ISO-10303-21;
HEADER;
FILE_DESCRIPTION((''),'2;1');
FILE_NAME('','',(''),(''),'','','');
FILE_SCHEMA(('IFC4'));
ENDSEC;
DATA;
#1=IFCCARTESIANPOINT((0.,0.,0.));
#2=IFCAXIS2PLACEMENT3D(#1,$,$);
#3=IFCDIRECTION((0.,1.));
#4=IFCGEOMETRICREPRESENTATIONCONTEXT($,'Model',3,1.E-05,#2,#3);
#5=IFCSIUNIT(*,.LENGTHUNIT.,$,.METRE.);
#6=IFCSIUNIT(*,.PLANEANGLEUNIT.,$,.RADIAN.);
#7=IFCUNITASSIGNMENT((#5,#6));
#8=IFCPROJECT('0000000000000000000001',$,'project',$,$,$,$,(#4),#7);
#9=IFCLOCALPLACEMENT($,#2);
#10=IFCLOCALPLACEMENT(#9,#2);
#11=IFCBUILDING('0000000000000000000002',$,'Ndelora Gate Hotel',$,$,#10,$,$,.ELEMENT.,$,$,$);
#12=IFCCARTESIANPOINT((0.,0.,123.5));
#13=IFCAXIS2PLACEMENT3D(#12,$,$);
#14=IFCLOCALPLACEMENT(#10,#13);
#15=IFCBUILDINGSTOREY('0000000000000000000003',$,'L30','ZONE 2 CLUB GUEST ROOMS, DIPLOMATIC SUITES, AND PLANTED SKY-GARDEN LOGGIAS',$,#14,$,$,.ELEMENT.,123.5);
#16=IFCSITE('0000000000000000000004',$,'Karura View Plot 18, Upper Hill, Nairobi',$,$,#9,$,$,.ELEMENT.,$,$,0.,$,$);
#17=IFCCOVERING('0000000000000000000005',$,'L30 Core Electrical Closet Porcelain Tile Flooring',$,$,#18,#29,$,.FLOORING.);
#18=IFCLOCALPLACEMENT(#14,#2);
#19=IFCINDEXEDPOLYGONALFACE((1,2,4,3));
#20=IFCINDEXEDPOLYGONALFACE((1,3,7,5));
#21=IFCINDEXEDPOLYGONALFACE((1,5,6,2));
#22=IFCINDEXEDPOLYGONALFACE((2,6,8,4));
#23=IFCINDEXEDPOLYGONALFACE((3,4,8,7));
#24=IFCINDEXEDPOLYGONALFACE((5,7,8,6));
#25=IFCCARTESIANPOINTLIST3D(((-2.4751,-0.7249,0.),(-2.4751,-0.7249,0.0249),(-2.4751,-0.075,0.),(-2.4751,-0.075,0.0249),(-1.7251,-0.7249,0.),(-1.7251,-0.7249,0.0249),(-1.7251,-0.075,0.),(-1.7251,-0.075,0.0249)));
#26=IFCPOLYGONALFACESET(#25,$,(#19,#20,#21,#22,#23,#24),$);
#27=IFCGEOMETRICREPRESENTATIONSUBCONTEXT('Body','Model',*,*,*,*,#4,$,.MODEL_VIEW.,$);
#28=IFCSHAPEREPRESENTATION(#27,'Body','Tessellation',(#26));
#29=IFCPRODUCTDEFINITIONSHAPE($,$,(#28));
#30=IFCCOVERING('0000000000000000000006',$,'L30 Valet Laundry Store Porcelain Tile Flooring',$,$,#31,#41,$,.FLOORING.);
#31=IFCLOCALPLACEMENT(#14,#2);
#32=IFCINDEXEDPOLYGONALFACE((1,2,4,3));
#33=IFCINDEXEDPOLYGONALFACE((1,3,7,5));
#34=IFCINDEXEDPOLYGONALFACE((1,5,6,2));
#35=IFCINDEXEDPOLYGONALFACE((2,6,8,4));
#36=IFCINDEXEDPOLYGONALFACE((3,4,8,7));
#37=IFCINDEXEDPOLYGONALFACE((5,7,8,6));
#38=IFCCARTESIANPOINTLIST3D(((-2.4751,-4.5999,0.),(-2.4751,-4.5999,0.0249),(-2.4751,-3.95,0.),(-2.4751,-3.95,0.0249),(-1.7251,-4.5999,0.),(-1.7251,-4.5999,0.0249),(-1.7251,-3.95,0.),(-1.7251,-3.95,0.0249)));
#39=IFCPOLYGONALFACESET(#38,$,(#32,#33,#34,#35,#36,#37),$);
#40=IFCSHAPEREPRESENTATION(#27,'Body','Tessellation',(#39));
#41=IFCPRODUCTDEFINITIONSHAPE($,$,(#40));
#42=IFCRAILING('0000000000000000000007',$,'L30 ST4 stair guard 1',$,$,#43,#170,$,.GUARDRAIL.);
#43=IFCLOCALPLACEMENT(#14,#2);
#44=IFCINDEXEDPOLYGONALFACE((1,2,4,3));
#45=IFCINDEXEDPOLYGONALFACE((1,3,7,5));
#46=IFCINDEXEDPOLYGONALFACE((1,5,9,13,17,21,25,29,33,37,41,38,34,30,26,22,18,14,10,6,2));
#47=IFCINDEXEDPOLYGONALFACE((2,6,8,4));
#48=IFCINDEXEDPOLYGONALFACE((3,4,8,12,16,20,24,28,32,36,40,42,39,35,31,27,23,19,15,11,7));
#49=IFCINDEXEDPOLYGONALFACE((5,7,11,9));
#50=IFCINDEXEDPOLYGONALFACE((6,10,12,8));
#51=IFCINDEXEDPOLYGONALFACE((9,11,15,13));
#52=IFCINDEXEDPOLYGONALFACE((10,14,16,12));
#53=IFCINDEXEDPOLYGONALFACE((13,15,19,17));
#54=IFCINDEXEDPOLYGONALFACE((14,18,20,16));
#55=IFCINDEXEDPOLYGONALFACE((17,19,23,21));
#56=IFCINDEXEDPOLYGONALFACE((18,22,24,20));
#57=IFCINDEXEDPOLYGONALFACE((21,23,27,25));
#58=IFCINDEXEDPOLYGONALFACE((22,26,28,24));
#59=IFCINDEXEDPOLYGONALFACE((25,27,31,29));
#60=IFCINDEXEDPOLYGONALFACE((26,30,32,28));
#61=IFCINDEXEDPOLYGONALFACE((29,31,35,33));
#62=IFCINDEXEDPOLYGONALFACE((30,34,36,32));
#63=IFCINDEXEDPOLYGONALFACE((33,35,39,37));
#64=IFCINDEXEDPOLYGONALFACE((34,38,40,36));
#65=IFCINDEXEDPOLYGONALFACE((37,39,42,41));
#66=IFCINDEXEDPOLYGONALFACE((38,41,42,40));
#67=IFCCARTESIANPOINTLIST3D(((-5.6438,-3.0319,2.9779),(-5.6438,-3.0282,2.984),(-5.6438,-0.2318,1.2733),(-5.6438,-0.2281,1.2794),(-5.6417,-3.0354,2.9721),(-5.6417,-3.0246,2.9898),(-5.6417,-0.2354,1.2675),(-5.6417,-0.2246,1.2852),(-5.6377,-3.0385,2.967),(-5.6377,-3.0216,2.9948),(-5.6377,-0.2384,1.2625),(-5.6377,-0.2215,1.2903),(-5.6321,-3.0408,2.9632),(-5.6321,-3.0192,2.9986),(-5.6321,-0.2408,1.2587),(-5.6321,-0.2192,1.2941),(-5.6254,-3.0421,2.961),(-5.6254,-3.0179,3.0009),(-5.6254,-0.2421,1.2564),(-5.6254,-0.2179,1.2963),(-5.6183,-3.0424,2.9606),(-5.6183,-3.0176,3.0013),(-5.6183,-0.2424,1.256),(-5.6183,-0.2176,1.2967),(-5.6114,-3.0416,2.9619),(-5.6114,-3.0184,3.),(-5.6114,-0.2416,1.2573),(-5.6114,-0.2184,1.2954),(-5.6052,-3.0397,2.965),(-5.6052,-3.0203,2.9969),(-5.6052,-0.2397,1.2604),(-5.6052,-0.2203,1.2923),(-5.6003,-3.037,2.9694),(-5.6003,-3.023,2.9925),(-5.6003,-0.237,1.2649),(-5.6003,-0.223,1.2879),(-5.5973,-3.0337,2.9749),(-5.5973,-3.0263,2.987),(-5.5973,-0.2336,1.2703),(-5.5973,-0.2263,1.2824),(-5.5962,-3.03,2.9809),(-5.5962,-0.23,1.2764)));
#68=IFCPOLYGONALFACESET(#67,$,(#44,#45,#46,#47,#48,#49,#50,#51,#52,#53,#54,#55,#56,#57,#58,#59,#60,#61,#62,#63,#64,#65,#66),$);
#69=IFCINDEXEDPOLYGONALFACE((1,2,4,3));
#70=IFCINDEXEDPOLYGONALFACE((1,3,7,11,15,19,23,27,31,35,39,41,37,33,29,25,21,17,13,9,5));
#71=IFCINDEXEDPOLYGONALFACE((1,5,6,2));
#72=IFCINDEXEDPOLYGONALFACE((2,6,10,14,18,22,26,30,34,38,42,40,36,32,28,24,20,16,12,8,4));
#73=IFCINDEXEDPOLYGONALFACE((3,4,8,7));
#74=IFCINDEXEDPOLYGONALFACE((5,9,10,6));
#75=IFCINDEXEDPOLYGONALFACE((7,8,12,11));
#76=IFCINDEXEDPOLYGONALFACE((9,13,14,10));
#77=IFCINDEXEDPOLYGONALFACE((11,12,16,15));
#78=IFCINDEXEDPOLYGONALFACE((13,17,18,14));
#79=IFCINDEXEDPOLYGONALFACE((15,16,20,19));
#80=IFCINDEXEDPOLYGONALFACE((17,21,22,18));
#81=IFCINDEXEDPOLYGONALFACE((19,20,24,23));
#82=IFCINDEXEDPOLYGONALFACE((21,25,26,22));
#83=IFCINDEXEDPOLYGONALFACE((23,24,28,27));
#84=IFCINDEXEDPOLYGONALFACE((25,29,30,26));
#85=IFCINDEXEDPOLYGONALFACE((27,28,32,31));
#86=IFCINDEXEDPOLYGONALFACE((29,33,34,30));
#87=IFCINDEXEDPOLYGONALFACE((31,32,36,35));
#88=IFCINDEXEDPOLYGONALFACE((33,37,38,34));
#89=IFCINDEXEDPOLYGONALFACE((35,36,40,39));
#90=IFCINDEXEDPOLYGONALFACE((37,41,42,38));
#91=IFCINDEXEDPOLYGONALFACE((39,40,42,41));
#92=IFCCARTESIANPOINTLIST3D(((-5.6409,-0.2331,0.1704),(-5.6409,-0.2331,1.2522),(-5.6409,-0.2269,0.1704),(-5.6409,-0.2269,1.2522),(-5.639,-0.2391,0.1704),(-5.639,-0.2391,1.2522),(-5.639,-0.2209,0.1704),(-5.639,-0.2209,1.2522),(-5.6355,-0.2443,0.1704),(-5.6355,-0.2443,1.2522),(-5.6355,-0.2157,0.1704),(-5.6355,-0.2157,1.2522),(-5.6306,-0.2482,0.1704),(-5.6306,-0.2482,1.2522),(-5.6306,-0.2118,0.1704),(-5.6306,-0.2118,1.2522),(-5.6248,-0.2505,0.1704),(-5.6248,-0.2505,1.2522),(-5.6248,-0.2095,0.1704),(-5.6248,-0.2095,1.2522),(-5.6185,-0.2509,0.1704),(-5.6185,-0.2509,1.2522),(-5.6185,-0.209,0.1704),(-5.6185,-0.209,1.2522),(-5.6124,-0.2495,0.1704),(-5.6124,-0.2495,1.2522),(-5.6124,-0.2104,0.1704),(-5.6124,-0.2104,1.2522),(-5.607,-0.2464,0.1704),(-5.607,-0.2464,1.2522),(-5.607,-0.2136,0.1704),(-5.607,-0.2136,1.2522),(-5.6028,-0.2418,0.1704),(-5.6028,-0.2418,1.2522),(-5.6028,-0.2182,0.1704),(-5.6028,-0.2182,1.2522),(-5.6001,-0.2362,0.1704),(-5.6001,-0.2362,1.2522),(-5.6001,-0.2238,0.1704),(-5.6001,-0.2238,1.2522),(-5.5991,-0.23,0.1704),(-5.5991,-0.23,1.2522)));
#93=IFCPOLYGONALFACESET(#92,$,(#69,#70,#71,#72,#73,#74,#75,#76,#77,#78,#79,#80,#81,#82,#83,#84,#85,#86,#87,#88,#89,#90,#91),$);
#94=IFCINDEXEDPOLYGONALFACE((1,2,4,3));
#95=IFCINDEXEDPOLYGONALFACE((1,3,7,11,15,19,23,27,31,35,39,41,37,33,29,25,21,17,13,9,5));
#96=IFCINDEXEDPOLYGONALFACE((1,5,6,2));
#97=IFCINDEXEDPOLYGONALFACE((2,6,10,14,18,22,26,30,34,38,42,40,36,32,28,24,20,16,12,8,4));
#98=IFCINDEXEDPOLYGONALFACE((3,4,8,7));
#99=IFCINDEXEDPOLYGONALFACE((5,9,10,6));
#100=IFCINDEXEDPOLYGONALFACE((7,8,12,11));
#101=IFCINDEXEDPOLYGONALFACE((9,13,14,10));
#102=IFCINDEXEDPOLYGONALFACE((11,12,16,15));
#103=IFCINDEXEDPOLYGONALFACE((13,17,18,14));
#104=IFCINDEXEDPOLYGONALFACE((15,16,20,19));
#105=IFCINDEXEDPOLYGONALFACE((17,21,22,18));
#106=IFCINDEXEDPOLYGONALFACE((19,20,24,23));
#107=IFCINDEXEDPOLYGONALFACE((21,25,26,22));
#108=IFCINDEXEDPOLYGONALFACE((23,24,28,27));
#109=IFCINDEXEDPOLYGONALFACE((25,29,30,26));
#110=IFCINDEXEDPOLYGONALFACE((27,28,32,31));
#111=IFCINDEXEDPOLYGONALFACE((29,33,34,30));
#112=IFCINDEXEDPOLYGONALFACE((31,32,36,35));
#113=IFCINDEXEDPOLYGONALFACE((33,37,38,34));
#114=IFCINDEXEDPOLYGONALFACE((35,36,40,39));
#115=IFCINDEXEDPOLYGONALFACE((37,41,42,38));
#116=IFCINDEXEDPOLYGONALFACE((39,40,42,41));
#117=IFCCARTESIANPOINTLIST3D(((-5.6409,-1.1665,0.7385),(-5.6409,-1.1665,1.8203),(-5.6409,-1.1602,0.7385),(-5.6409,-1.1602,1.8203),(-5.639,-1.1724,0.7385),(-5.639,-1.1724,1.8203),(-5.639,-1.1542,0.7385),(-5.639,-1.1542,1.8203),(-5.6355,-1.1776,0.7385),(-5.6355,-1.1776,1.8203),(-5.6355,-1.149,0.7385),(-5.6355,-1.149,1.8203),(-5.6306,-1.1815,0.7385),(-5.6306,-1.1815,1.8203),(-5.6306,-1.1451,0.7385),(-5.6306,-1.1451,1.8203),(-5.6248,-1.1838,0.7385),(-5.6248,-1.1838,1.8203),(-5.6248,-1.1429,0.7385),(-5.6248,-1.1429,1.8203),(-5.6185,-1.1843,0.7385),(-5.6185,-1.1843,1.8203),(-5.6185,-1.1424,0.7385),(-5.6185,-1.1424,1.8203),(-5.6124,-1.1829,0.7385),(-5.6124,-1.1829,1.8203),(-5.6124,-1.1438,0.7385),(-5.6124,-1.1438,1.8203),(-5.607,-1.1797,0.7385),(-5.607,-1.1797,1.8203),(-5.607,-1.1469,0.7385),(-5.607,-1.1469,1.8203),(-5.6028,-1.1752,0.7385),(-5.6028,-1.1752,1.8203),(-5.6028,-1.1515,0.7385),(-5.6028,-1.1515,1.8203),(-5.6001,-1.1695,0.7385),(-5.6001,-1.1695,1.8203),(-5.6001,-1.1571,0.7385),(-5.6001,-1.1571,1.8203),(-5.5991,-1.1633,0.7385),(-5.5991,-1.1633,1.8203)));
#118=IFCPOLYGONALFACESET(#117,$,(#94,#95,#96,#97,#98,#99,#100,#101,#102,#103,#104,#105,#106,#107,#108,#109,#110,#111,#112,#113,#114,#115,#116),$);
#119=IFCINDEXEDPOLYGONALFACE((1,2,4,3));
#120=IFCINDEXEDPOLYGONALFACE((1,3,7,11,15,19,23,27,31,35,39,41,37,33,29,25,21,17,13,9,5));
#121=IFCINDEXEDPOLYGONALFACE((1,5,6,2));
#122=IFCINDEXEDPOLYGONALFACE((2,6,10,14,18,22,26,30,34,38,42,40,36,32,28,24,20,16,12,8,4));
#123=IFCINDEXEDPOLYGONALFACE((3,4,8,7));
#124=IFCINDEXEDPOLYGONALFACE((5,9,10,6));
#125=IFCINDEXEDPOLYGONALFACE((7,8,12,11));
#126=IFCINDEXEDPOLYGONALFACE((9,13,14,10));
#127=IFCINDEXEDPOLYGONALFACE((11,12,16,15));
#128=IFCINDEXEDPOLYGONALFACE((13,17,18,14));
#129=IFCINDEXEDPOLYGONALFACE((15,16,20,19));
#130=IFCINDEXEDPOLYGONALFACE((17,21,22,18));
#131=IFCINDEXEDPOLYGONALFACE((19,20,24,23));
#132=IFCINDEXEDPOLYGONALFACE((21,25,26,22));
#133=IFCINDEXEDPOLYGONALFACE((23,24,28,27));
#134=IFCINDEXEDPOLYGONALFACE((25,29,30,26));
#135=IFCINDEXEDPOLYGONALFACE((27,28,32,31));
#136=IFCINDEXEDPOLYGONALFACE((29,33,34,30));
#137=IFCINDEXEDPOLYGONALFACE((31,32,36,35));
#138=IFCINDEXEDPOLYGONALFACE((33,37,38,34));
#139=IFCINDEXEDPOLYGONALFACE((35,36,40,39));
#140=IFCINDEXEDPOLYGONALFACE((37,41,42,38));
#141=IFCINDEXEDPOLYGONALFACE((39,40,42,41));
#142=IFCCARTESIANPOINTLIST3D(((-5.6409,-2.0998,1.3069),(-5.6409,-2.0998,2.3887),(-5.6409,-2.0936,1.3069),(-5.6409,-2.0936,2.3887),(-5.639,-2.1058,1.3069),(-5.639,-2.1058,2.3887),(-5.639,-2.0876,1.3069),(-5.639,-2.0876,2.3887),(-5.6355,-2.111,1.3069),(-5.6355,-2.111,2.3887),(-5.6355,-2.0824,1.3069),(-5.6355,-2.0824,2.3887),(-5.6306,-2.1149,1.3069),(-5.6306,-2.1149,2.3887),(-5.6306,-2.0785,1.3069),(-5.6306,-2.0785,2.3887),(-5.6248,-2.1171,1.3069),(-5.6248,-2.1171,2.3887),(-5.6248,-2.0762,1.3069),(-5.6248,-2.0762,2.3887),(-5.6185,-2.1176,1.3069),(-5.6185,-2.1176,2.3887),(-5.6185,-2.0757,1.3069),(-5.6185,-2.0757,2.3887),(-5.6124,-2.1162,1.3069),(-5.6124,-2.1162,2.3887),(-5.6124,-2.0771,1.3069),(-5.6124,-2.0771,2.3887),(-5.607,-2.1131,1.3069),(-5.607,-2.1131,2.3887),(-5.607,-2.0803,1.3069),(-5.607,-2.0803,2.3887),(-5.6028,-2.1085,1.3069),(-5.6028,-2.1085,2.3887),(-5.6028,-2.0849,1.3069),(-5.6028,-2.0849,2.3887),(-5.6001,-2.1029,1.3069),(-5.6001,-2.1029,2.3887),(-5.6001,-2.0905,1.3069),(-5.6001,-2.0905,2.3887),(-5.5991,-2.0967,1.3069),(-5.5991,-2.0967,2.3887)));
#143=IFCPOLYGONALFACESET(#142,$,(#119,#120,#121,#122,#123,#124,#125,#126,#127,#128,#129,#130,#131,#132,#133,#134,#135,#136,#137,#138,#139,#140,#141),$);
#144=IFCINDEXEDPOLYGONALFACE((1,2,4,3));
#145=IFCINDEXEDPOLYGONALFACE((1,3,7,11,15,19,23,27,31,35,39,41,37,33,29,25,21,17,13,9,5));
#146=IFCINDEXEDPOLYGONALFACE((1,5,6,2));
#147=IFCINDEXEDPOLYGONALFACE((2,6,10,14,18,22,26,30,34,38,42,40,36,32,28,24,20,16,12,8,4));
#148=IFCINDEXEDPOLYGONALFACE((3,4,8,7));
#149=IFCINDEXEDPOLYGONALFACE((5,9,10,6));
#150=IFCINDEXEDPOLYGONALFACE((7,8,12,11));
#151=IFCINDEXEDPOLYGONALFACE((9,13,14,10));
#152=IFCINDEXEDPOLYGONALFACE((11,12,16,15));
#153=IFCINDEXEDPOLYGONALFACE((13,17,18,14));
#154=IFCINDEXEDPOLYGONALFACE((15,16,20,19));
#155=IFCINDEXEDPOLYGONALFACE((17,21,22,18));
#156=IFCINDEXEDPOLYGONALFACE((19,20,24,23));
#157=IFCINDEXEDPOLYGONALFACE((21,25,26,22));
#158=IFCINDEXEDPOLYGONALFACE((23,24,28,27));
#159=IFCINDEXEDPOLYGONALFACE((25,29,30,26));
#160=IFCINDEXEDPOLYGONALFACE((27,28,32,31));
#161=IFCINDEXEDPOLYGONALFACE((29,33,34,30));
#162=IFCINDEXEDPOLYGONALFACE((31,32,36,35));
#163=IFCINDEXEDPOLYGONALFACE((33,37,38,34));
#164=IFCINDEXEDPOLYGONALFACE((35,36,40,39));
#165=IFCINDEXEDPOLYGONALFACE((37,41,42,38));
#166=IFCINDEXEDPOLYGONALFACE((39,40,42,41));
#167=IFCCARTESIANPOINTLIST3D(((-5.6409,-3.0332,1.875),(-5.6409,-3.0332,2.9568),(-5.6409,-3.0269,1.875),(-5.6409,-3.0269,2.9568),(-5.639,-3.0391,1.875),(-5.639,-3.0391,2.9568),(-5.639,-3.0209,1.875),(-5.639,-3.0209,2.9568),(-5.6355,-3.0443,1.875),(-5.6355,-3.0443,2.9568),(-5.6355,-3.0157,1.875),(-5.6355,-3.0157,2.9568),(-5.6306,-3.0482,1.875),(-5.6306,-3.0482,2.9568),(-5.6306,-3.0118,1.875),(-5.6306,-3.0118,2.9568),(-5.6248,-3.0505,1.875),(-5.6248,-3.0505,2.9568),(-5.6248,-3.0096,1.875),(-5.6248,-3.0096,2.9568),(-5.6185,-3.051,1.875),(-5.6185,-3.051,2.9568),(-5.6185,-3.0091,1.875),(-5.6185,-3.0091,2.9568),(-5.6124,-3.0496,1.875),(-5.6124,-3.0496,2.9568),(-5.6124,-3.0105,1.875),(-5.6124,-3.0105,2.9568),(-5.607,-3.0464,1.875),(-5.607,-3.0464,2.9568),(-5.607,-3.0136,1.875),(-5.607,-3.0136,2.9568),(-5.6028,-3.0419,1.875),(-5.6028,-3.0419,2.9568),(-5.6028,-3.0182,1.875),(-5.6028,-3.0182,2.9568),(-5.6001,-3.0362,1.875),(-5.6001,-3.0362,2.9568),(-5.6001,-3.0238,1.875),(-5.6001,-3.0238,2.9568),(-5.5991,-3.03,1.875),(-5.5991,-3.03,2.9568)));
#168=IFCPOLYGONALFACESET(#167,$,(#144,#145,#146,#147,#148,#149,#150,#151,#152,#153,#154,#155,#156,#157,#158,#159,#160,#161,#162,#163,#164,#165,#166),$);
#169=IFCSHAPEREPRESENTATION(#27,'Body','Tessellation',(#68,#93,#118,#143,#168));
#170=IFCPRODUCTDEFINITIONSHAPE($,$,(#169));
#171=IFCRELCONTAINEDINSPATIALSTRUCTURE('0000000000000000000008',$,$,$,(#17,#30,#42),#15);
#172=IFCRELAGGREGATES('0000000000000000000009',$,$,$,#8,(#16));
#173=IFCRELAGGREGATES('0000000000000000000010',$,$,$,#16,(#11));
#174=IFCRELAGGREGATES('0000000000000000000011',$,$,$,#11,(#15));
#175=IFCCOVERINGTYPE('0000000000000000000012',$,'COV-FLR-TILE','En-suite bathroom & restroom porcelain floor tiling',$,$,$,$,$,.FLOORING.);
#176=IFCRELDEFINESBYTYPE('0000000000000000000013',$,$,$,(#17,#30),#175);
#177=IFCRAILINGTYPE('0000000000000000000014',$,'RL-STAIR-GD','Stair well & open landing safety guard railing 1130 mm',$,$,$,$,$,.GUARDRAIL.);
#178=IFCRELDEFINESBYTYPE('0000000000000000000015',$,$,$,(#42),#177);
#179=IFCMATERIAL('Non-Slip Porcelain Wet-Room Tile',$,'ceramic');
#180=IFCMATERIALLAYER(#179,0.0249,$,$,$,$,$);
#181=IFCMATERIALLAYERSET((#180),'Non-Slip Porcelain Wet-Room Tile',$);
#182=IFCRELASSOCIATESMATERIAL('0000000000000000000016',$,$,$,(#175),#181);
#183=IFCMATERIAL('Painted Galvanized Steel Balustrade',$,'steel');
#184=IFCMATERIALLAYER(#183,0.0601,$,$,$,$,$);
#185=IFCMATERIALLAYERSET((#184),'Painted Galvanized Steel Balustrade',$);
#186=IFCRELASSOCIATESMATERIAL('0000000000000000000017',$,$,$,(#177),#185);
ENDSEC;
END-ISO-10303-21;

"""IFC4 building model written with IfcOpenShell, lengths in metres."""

from ifc_helpers import new_model, si_unit, direction, frame, origin, origin_2d, place, context, subcontext, project, spatial, rectangle, circle, extrude, material, layer, layer_set, type_object, element, save


model = new_model("IFC4")

# Units and contexts
model_context = context("Model", 3, precision=1e-05, world=origin(), true_north=direction((0.0, 1.0)))
body_context = subcontext(model_context, "Body", "Model", "MODEL_VIEW")
ifc_project = project(units=[si_unit("LENGTHUNIT", "METRE"), si_unit("PLANEANGLEUNIT", "RADIAN")], contexts=[model_context])

# Site, building, storey
site_placement = place(None, origin())
site = spatial("IfcSite", under=ifc_project, at=site_placement, Name="Karura View Plot 18, Upper Hill, Nairobi", CompositionType="ELEMENT", RefElevation=0.0)
building_placement = place(site_placement, origin())
building = spatial("IfcBuilding", under=site, at=building_placement, Name="Ndelora Gate Hotel", CompositionType="ELEMENT")
storey_placement = place(building_placement, frame((0.0, 0.0, 123.5)))
storey = spatial("IfcBuildingStorey", under=building, at=storey_placement, Name="L30", Description="ZONE 2 CLUB GUEST ROOMS, DIPLOMATIC SUITES, AND PLANTED SKY-GARDEN LOGGIAS", CompositionType="ELEMENT", Elevation=123.5)

# Coverings
ifc_material_1 = material(Name="Non-Slip Porcelain Wet-Room Tile", Category="ceramic")
ifc_layer_1 = layer(ifc_material_1, 0.0249)
ifc_layer_set_1 = layer_set([ifc_layer_1], Name="Non-Slip Porcelain Wet-Room Tile")
covering_type = type_object("IfcCoveringType", Name="COV-FLR-TILE", Description="En-suite bathroom & restroom porcelain floor tiling", PredefinedType="FLOORING", material=ifc_layer_set_1)
for number, where, z_axis, x_axis, name in (
    (1, (-2.1001, -0.3999, 0.0), (0.0, 0.0, 1.0), (1.0, 0.0, 0.0), "L30 Core Electrical Closet Porcelain Tile Flooring"),
    (2, (-2.1001, -4.2749, 0.0), (0.0, 0.0, 1.0), (1.0, 0.0, 0.0), "L30 Valet Laundry Store Porcelain Tile Flooring"),
):
    element("IfcCovering", number, at=place(storey_placement, frame(where, z_axis=z_axis, x_axis=x_axis)), inside=storey, type_object=covering_type, Name=name, PredefinedType="FLOORING", context=body_context, shape_type="SweptSolid", body=[
        extrude(rectangle(XDim=0.75, YDim=0.6499, at=origin_2d()), origin(), (0.0, 0.0, 1.0), 0.0249),
    ])

# Railing
ifc_material_2 = material(Name="Painted Galvanized Steel Balustrade", Category="steel")
ifc_layer_2 = layer(ifc_material_2, 0.0601)
ifc_layer_set_2 = layer_set([ifc_layer_2], Name="Painted Galvanized Steel Balustrade")
railing_type_1 = type_object("IfcRailingType", Name="RL-STAIR-GD", Description="Stair well & open landing safety guard railing 1130 mm", PredefinedType="GUARDRAIL", material=ifc_layer_set_2)
railing_1_placement = place(storey_placement, frame((-5.6201, -0.23, 0.1704)))
element("IfcRailing", 3, at=railing_1_placement, inside=storey, type_object=railing_type_1, Name="L30 ST4 stair guard 1", PredefinedType="GUARDRAIL", context=body_context, shape_type="SweptSolid", body=[
    extrude(circle(Radius=0.0239, at=origin_2d()), frame((0.0, 0.0, 1.106), z_axis=(0.0, -0.85417, 0.519994), x_axis=(1.0, 0.0, 0.0)), (0.0, 0.0, 1.0), 3.2781),
    extrude(circle(Radius=0.021, at=origin_2d()), origin(), (0.0, 0.0, 1.0), 1.0818),
    extrude(circle(Radius=0.021, at=origin_2d()), frame((0.0, -0.9333, 0.5681)), (0.0, 0.0, 1.0), 1.0818),
    extrude(circle(Radius=0.021, at=origin_2d()), frame((0.0, -1.8667, 1.1365)), (0.0, 0.0, 1.0), 1.0818),
    extrude(circle(Radius=0.021, at=origin_2d()), frame((0.0, -2.8, 1.7046)), (0.0, 0.0, 1.0), 1.0818),
])

save(model, "model.ifc")
